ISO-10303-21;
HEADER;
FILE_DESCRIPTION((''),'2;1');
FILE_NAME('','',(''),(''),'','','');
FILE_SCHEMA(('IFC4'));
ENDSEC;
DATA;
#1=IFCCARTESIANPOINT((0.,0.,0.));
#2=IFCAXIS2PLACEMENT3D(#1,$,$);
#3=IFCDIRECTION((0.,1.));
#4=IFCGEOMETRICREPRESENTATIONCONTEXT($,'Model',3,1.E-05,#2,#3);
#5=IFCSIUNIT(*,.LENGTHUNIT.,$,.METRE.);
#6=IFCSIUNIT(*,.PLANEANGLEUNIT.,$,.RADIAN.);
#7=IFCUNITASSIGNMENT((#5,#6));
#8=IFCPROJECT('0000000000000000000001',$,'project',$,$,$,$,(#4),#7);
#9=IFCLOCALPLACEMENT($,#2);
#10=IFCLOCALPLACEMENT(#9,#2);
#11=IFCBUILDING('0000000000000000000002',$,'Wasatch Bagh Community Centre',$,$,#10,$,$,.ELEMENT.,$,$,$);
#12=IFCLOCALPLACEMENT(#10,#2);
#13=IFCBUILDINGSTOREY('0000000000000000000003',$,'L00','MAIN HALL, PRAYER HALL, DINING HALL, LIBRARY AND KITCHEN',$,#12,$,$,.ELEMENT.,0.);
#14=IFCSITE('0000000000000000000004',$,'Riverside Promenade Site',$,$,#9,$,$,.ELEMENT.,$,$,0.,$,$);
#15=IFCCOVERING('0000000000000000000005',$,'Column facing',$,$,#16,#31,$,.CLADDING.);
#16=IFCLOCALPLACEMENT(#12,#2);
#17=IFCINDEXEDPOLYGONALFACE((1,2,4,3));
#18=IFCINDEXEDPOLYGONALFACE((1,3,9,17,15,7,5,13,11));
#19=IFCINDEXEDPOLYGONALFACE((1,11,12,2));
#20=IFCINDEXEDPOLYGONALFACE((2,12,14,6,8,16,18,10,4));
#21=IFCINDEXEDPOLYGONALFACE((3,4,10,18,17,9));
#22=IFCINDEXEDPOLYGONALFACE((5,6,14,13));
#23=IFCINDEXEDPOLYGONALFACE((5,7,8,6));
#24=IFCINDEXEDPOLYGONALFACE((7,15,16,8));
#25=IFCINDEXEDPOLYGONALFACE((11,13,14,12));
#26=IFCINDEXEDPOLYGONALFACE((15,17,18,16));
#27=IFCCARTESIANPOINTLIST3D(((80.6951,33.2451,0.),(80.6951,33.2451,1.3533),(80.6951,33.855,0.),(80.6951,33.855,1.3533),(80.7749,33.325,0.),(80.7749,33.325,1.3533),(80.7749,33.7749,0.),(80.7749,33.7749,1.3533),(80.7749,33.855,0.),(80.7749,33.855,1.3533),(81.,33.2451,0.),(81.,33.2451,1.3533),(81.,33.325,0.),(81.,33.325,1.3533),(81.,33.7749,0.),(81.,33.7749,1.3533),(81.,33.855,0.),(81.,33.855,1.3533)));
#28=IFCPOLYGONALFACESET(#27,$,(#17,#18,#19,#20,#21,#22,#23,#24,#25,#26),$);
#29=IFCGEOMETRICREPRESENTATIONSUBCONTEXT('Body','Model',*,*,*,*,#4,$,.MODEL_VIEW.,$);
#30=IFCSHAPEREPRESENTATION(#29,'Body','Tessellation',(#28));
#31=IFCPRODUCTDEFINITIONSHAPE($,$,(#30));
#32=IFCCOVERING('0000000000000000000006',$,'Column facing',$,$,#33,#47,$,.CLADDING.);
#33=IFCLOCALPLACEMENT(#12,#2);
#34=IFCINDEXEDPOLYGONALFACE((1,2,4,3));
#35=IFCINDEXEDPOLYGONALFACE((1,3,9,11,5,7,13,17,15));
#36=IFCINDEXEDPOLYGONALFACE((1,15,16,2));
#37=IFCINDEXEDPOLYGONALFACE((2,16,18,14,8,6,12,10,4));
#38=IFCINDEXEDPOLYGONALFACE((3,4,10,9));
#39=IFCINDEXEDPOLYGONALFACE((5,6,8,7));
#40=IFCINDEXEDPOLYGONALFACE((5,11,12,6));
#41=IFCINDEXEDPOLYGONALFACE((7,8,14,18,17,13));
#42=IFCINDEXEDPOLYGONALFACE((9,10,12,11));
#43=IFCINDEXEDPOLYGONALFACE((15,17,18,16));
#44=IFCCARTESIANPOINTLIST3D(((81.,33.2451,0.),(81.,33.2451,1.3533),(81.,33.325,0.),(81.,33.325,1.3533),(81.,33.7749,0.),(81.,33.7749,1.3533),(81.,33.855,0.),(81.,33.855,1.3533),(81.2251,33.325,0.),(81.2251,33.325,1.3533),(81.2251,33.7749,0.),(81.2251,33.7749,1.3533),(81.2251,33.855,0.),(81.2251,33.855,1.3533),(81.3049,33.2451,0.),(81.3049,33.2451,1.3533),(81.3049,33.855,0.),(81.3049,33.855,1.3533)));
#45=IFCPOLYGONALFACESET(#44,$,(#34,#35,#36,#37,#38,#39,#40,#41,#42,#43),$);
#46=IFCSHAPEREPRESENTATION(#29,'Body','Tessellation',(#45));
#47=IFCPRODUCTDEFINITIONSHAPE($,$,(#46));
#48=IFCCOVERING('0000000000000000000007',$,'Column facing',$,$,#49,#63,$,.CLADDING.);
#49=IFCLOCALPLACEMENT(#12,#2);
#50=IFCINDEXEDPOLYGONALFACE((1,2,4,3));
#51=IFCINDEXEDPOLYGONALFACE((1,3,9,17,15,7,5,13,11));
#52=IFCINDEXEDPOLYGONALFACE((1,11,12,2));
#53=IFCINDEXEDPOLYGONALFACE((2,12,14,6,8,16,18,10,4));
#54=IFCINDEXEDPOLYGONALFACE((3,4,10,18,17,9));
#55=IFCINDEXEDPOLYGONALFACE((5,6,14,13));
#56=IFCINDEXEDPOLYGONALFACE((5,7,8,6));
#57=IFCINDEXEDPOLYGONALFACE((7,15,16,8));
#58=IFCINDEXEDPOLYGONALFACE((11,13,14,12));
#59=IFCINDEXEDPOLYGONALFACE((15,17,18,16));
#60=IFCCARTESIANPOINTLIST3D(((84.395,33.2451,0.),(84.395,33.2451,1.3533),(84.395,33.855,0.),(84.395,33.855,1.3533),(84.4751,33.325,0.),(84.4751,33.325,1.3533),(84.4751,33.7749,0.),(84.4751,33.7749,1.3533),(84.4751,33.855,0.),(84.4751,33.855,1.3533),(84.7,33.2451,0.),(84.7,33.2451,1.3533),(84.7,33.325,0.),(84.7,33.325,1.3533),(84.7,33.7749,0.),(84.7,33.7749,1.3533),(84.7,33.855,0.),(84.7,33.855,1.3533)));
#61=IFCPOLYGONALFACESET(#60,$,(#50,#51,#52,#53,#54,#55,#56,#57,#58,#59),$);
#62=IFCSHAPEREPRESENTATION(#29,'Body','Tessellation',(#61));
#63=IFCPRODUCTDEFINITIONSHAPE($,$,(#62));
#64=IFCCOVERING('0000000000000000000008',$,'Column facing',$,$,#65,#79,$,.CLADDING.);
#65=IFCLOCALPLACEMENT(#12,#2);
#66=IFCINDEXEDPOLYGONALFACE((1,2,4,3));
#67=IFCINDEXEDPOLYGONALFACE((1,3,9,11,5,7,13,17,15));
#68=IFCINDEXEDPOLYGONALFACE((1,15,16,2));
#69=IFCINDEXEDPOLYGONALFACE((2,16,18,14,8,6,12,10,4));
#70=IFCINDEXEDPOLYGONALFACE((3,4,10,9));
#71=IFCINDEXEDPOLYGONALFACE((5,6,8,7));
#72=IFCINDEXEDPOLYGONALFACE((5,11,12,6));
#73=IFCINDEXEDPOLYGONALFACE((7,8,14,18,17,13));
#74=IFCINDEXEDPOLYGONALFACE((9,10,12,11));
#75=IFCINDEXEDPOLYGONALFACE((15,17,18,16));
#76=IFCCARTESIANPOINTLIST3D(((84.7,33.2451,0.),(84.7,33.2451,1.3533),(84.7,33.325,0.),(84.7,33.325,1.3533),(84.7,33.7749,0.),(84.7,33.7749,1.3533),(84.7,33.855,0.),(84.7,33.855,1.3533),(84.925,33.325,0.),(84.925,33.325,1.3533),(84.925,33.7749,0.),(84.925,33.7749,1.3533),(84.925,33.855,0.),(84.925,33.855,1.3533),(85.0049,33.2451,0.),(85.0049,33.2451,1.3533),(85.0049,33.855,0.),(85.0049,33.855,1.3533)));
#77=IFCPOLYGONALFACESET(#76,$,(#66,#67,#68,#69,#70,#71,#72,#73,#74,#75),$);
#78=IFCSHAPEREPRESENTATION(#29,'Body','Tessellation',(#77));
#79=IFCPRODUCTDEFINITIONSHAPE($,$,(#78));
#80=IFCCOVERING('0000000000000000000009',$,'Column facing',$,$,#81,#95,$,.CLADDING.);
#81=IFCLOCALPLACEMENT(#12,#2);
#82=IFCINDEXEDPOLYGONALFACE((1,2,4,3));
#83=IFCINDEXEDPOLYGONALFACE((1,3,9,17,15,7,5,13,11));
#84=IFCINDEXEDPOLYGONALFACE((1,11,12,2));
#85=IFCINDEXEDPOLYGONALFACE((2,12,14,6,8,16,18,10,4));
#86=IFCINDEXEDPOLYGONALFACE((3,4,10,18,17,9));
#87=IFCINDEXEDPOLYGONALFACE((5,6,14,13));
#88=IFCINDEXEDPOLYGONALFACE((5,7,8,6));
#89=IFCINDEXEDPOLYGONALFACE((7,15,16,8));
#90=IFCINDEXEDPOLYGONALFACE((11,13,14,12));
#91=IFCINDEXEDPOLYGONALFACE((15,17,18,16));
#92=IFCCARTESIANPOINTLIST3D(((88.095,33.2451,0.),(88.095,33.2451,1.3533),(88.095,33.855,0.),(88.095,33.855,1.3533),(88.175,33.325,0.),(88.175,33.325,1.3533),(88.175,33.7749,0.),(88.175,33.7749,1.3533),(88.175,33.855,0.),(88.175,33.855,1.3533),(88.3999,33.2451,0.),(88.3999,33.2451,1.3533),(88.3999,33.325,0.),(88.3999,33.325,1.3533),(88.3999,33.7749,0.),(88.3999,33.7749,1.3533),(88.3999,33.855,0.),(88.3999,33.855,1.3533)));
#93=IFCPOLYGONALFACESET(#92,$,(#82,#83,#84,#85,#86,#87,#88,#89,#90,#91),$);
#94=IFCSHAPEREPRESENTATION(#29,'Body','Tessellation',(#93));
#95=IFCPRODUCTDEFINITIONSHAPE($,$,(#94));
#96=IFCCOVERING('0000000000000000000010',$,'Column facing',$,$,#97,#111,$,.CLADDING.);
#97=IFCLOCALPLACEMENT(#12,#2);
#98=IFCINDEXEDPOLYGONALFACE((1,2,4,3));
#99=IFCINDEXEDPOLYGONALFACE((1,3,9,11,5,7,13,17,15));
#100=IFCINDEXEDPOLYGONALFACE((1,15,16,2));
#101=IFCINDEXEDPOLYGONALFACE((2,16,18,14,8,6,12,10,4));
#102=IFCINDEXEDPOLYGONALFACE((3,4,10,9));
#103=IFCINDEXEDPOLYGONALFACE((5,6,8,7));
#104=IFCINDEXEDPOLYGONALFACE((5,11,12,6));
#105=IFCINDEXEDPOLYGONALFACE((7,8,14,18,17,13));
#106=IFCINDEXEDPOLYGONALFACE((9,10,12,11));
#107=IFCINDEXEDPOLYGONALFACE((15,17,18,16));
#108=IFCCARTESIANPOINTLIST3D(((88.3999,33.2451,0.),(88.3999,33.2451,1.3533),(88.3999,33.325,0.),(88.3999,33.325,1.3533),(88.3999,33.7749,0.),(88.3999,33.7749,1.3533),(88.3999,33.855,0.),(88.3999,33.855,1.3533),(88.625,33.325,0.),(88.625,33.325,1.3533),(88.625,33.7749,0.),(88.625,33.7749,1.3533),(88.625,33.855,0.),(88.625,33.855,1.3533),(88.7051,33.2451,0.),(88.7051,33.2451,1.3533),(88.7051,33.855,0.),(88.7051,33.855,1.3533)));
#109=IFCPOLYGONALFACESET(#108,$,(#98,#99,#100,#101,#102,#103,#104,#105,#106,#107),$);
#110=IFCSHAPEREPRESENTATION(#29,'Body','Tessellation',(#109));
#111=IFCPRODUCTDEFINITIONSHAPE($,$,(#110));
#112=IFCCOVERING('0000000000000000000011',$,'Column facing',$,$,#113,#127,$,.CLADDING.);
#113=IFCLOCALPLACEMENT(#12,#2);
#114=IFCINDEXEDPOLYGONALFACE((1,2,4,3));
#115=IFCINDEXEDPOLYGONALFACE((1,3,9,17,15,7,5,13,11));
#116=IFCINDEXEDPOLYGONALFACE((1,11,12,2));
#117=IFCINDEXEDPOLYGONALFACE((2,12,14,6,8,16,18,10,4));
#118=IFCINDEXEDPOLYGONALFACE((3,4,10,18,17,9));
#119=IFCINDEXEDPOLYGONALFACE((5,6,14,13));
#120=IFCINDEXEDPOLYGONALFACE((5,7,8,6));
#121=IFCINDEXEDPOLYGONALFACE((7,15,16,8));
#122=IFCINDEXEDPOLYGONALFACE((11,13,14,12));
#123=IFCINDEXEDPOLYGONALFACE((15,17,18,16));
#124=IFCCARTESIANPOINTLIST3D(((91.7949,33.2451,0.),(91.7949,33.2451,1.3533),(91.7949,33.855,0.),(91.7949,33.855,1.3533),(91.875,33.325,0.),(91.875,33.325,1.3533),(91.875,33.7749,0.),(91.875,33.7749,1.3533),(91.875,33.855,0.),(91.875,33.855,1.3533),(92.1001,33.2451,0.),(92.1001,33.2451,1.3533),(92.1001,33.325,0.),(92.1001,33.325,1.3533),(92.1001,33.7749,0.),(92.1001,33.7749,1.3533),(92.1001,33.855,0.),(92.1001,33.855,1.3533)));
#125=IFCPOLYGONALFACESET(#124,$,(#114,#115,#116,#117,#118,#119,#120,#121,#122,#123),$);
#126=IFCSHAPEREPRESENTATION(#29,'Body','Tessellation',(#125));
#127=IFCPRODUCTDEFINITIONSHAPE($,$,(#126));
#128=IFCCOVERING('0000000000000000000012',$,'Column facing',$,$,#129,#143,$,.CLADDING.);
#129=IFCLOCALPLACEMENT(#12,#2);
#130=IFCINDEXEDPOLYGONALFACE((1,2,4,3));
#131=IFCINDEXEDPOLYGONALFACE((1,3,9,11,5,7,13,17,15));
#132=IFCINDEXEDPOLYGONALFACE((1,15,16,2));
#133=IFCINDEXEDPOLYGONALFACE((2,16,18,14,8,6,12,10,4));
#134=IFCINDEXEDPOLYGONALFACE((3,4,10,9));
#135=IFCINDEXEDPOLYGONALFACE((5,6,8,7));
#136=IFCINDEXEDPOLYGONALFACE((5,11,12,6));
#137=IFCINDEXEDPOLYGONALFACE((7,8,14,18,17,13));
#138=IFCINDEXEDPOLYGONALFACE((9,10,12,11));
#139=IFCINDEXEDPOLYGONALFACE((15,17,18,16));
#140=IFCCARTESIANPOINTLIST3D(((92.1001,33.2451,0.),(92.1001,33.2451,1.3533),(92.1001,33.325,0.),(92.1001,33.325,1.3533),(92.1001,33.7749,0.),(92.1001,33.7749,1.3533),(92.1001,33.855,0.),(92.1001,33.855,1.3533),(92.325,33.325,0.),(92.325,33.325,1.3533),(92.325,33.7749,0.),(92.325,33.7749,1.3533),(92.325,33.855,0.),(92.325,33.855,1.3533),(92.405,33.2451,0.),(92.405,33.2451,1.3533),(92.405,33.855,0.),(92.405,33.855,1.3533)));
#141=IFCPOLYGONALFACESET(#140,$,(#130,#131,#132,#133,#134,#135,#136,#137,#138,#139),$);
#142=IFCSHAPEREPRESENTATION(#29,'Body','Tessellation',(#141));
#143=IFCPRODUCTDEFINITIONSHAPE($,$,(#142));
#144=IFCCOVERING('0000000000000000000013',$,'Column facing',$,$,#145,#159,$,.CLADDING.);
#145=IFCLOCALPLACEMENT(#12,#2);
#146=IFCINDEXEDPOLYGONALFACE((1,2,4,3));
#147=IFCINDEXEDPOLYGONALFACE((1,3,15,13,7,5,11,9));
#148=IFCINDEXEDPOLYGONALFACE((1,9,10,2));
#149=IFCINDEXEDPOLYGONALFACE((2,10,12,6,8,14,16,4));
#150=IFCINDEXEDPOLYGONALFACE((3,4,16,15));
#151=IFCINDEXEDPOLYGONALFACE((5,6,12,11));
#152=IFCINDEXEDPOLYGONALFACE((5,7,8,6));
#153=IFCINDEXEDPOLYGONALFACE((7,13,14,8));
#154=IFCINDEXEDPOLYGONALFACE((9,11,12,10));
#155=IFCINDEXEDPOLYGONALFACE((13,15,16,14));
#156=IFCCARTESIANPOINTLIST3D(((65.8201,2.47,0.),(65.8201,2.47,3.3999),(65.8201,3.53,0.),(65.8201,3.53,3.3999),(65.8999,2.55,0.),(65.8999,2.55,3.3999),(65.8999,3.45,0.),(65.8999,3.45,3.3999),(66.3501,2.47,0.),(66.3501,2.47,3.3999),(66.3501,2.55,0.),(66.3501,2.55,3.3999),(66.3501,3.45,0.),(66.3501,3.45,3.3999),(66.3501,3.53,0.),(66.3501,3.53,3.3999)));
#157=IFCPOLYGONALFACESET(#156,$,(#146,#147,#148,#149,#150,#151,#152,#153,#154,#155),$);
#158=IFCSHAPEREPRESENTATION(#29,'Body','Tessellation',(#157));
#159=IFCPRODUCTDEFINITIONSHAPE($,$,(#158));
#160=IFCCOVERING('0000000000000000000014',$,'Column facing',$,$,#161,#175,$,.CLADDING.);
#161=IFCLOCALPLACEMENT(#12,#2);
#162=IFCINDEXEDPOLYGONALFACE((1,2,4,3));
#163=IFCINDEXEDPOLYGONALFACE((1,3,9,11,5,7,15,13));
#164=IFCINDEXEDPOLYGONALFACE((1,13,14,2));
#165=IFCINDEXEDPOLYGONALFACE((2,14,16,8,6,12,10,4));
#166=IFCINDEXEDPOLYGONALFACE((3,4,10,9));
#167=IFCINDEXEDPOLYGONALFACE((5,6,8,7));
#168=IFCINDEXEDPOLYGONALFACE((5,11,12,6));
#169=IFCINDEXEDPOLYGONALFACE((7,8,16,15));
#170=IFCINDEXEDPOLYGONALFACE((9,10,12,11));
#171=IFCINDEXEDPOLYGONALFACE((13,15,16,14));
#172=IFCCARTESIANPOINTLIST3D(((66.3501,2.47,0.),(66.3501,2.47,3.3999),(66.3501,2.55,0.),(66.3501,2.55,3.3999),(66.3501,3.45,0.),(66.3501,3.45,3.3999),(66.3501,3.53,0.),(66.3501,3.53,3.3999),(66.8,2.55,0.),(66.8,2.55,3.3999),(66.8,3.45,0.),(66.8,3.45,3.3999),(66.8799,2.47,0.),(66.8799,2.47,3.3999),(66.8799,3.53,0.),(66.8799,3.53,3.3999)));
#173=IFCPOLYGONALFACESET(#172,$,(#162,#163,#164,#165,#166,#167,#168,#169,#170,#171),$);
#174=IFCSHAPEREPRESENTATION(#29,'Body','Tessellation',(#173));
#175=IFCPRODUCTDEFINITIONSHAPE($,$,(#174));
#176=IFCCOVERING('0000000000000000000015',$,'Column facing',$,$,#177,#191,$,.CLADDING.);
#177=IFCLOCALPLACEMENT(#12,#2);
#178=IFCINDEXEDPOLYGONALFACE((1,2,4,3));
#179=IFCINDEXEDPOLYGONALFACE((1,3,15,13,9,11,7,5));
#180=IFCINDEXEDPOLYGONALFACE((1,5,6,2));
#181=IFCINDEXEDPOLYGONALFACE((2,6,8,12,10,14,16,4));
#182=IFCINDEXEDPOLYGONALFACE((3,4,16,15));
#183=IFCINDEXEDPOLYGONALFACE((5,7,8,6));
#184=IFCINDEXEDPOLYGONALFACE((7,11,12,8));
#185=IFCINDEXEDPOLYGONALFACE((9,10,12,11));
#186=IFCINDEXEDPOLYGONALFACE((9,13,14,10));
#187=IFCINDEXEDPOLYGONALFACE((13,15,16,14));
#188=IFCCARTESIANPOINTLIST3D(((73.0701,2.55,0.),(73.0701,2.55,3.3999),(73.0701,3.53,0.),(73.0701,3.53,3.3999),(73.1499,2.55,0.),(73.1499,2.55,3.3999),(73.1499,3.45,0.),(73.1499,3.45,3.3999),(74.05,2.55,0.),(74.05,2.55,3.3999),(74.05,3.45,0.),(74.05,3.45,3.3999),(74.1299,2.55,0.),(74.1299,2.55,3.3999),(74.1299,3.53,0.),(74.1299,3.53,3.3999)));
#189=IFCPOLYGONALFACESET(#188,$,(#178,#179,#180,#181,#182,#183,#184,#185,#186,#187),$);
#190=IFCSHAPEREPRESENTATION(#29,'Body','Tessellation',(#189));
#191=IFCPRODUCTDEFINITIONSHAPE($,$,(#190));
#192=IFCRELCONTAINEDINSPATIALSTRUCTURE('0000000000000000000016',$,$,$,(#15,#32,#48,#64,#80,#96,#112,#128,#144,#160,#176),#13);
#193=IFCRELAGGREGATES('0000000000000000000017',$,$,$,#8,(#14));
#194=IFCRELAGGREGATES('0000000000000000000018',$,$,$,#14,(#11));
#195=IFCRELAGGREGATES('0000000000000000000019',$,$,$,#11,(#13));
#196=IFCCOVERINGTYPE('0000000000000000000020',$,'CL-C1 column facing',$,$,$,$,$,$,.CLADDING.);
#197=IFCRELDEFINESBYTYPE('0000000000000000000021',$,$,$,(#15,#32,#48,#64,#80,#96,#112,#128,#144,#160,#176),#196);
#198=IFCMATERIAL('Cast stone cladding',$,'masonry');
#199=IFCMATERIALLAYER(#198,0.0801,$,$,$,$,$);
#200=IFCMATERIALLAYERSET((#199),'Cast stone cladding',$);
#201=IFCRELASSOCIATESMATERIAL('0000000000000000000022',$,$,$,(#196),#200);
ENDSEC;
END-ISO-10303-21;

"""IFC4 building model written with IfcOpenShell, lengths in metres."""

from ifc_helpers import new_model, si_unit, direction, origin, place, context, subcontext, project, spatial, polyline, outline, extrude, material, layer, layer_set, type_object, element, save


model = new_model("IFC4")

# Units and contexts
model_context = context("Model", 3, precision=1e-05, world=origin(), true_north=direction((0.0, 1.0)))
body_context = subcontext(model_context, "Body", "Model", "MODEL_VIEW")
ifc_project = project(units=[si_unit("LENGTHUNIT", "METRE"), si_unit("PLANEANGLEUNIT", "RADIAN")], contexts=[model_context])

# Site, building, storey
site_placement = place(None, origin())
site = spatial("IfcSite", under=ifc_project, at=site_placement, Name="Riverside Promenade Site", CompositionType="ELEMENT", RefElevation=0.0)
building_placement = place(site_placement, origin())
building = spatial("IfcBuilding", under=site, at=building_placement, Name="Wasatch Bagh Community Centre", CompositionType="ELEMENT")
storey_placement = place(building_placement, origin())
storey = spatial("IfcBuildingStorey", under=building, at=storey_placement, Name="L00", Description="MAIN HALL, PRAYER HALL, DINING HALL, LIBRARY AND KITCHEN", CompositionType="ELEMENT", Elevation=0.0)

# Coverings
ifc_material = material(Name="Cast stone cladding", Category="masonry")
ifc_layer = layer(ifc_material, 0.0801)
ifc_layer_set = layer_set([ifc_layer], Name="Cast stone cladding")
covering_type = type_object("IfcCoveringType", Name="CL-C1 column facing", PredefinedType="CLADDING", material=ifc_layer_set)
covering_1_placement = place(storey_placement, origin())
element("IfcCovering", 1, at=covering_1_placement, inside=storey, type_object=covering_type, Name="Column facing", PredefinedType="CLADDING", context=body_context, shape_type="SweptSolid", body=[
    extrude(outline(polyline([(80.7749, 33.855), (81.0, 33.855), (81.0, 33.7749), (80.7749, 33.7749), (80.7749, 33.325), (81.0, 33.325), (81.0, 33.2451), (80.6951, 33.2451), (80.6951, 33.855), (80.7749, 33.855)])), origin(), (0.0, 0.0, 1.0), 1.3533),
])
covering_2_placement = place(storey_placement, origin())
element("IfcCovering", 2, at=covering_2_placement, inside=storey, type_object=covering_type, Name="Column facing", PredefinedType="CLADDING", context=body_context, shape_type="SweptSolid", body=[
    extrude(outline(polyline([(81.2251, 33.855), (81.3049, 33.855), (81.3049, 33.2451), (81.0, 33.2451), (81.0, 33.325), (81.2251, 33.325), (81.2251, 33.7749), (81.0, 33.7749), (81.0, 33.855), (81.2251, 33.855)])), origin(), (0.0, 0.0, 1.0), 1.3533),
])
covering_3_placement = place(storey_placement, origin())
element("IfcCovering", 3, at=covering_3_placement, inside=storey, type_object=covering_type, Name="Column facing", PredefinedType="CLADDING", context=body_context, shape_type="SweptSolid", body=[
    extrude(outline(polyline([(84.4751, 33.855), (84.7, 33.855), (84.7, 33.7749), (84.4751, 33.7749), (84.4751, 33.325), (84.7, 33.325), (84.7, 33.2451), (84.395, 33.2451), (84.395, 33.855), (84.4751, 33.855)])), origin(), (0.0, 0.0, 1.0), 1.3533),
])
covering_4_placement = place(storey_placement, origin())
element("IfcCovering", 4, at=covering_4_placement, inside=storey, type_object=covering_type, Name="Column facing", PredefinedType="CLADDING", context=body_context, shape_type="SweptSolid", body=[
    extrude(outline(polyline([(84.925, 33.855), (85.0049, 33.855), (85.0049, 33.2451), (84.7, 33.2451), (84.7, 33.325), (84.925, 33.325), (84.925, 33.7749), (84.7, 33.7749), (84.7, 33.855), (84.925, 33.855)])), origin(), (0.0, 0.0, 1.0), 1.3533),
])
covering_5_placement = place(storey_placement, origin())
element("IfcCovering", 5, at=covering_5_placement, inside=storey, type_object=covering_type, Name="Column facing", PredefinedType="CLADDING", context=body_context, shape_type="SweptSolid", body=[
    extrude(outline(polyline([(88.175, 33.855), (88.3999, 33.855), (88.3999, 33.7749), (88.175, 33.7749), (88.175, 33.325), (88.3999, 33.325), (88.3999, 33.2451), (88.095, 33.2451), (88.095, 33.855), (88.175, 33.855)])), origin(), (0.0, 0.0, 1.0), 1.3533),
])
covering_6_placement = place(storey_placement, origin())
element("IfcCovering", 6, at=covering_6_placement, inside=storey, type_object=covering_type, Name="Column facing", PredefinedType="CLADDING", context=body_context, shape_type="SweptSolid", body=[
    extrude(outline(polyline([(88.625, 33.855), (88.7051, 33.855), (88.7051, 33.2451), (88.3999, 33.2451), (88.3999, 33.325), (88.625, 33.325), (88.625, 33.7749), (88.3999, 33.7749), (88.3999, 33.855), (88.625, 33.855)])), origin(), (0.0, 0.0, 1.0), 1.3533),
])
covering_7_placement = place(storey_placement, origin())
element("IfcCovering", 7, at=covering_7_placement, inside=storey, type_object=covering_type, Name="Column facing", PredefinedType="CLADDING", context=body_context, shape_type="SweptSolid", body=[
    extrude(outline(polyline([(91.875, 33.855), (92.1001, 33.855), (92.1001, 33.7749), (91.875, 33.7749), (91.875, 33.325), (92.1001, 33.325), (92.1001, 33.2451), (91.7949, 33.2451), (91.7949, 33.855), (91.875, 33.855)])), origin(), (0.0, 0.0, 1.0), 1.3533),
])
covering_8_placement = place(storey_placement, origin())
element("IfcCovering", 8, at=covering_8_placement, inside=storey, type_object=covering_type, Name="Column facing", PredefinedType="CLADDING", context=body_context, shape_type="SweptSolid", body=[
    extrude(outline(polyline([(92.325, 33.855), (92.405, 33.855), (92.405, 33.2451), (92.1001, 33.2451), (92.1001, 33.325), (92.325, 33.325), (92.325, 33.7749), (92.1001, 33.7749), (92.1001, 33.855), (92.325, 33.855)])), origin(), (0.0, 0.0, 1.0), 1.3533),
])
covering_9_placement = place(storey_placement, origin())
element("IfcCovering", 9, at=covering_9_placement, inside=storey, type_object=covering_type, Name="Column facing", PredefinedType="CLADDING", context=body_context, shape_type="SweptSolid", body=[
    extrude(outline(polyline([(66.3501, 3.53), (66.3501, 3.45), (65.8999, 3.45), (65.8999, 2.55), (66.3501, 2.55), (66.3501, 2.47), (65.8201, 2.47), (65.8201, 3.53), (66.3501, 3.53)])), origin(), (0.0, 0.0, 1.0), 3.3999),
])
covering_10_placement = place(storey_placement, origin())
element("IfcCovering", 10, at=covering_10_placement, inside=storey, type_object=covering_type, Name="Column facing", PredefinedType="CLADDING", context=body_context, shape_type="SweptSolid", body=[
    extrude(outline(polyline([(66.8799, 3.53), (66.8799, 2.47), (66.3501, 2.47), (66.3501, 2.55), (66.8, 2.55), (66.8, 3.45), (66.3501, 3.45), (66.3501, 3.53), (66.8799, 3.53)])), origin(), (0.0, 0.0, 1.0), 3.3999),
])
covering_11_placement = place(storey_placement, origin())
element("IfcCovering", 11, at=covering_11_placement, inside=storey, type_object=covering_type, Name="Column facing", PredefinedType="CLADDING", context=body_context, shape_type="SweptSolid", body=[
    extrude(outline(polyline([(73.0701, 2.55), (73.0701, 3.53), (74.1299, 3.53), (74.1299, 2.55), (74.05, 2.55), (74.05, 3.45), (73.1499, 3.45), (73.1499, 2.55), (73.0701, 2.55)])), origin(), (0.0, 0.0, 1.0), 3.3999),
])

save(model, "model.ifc")
